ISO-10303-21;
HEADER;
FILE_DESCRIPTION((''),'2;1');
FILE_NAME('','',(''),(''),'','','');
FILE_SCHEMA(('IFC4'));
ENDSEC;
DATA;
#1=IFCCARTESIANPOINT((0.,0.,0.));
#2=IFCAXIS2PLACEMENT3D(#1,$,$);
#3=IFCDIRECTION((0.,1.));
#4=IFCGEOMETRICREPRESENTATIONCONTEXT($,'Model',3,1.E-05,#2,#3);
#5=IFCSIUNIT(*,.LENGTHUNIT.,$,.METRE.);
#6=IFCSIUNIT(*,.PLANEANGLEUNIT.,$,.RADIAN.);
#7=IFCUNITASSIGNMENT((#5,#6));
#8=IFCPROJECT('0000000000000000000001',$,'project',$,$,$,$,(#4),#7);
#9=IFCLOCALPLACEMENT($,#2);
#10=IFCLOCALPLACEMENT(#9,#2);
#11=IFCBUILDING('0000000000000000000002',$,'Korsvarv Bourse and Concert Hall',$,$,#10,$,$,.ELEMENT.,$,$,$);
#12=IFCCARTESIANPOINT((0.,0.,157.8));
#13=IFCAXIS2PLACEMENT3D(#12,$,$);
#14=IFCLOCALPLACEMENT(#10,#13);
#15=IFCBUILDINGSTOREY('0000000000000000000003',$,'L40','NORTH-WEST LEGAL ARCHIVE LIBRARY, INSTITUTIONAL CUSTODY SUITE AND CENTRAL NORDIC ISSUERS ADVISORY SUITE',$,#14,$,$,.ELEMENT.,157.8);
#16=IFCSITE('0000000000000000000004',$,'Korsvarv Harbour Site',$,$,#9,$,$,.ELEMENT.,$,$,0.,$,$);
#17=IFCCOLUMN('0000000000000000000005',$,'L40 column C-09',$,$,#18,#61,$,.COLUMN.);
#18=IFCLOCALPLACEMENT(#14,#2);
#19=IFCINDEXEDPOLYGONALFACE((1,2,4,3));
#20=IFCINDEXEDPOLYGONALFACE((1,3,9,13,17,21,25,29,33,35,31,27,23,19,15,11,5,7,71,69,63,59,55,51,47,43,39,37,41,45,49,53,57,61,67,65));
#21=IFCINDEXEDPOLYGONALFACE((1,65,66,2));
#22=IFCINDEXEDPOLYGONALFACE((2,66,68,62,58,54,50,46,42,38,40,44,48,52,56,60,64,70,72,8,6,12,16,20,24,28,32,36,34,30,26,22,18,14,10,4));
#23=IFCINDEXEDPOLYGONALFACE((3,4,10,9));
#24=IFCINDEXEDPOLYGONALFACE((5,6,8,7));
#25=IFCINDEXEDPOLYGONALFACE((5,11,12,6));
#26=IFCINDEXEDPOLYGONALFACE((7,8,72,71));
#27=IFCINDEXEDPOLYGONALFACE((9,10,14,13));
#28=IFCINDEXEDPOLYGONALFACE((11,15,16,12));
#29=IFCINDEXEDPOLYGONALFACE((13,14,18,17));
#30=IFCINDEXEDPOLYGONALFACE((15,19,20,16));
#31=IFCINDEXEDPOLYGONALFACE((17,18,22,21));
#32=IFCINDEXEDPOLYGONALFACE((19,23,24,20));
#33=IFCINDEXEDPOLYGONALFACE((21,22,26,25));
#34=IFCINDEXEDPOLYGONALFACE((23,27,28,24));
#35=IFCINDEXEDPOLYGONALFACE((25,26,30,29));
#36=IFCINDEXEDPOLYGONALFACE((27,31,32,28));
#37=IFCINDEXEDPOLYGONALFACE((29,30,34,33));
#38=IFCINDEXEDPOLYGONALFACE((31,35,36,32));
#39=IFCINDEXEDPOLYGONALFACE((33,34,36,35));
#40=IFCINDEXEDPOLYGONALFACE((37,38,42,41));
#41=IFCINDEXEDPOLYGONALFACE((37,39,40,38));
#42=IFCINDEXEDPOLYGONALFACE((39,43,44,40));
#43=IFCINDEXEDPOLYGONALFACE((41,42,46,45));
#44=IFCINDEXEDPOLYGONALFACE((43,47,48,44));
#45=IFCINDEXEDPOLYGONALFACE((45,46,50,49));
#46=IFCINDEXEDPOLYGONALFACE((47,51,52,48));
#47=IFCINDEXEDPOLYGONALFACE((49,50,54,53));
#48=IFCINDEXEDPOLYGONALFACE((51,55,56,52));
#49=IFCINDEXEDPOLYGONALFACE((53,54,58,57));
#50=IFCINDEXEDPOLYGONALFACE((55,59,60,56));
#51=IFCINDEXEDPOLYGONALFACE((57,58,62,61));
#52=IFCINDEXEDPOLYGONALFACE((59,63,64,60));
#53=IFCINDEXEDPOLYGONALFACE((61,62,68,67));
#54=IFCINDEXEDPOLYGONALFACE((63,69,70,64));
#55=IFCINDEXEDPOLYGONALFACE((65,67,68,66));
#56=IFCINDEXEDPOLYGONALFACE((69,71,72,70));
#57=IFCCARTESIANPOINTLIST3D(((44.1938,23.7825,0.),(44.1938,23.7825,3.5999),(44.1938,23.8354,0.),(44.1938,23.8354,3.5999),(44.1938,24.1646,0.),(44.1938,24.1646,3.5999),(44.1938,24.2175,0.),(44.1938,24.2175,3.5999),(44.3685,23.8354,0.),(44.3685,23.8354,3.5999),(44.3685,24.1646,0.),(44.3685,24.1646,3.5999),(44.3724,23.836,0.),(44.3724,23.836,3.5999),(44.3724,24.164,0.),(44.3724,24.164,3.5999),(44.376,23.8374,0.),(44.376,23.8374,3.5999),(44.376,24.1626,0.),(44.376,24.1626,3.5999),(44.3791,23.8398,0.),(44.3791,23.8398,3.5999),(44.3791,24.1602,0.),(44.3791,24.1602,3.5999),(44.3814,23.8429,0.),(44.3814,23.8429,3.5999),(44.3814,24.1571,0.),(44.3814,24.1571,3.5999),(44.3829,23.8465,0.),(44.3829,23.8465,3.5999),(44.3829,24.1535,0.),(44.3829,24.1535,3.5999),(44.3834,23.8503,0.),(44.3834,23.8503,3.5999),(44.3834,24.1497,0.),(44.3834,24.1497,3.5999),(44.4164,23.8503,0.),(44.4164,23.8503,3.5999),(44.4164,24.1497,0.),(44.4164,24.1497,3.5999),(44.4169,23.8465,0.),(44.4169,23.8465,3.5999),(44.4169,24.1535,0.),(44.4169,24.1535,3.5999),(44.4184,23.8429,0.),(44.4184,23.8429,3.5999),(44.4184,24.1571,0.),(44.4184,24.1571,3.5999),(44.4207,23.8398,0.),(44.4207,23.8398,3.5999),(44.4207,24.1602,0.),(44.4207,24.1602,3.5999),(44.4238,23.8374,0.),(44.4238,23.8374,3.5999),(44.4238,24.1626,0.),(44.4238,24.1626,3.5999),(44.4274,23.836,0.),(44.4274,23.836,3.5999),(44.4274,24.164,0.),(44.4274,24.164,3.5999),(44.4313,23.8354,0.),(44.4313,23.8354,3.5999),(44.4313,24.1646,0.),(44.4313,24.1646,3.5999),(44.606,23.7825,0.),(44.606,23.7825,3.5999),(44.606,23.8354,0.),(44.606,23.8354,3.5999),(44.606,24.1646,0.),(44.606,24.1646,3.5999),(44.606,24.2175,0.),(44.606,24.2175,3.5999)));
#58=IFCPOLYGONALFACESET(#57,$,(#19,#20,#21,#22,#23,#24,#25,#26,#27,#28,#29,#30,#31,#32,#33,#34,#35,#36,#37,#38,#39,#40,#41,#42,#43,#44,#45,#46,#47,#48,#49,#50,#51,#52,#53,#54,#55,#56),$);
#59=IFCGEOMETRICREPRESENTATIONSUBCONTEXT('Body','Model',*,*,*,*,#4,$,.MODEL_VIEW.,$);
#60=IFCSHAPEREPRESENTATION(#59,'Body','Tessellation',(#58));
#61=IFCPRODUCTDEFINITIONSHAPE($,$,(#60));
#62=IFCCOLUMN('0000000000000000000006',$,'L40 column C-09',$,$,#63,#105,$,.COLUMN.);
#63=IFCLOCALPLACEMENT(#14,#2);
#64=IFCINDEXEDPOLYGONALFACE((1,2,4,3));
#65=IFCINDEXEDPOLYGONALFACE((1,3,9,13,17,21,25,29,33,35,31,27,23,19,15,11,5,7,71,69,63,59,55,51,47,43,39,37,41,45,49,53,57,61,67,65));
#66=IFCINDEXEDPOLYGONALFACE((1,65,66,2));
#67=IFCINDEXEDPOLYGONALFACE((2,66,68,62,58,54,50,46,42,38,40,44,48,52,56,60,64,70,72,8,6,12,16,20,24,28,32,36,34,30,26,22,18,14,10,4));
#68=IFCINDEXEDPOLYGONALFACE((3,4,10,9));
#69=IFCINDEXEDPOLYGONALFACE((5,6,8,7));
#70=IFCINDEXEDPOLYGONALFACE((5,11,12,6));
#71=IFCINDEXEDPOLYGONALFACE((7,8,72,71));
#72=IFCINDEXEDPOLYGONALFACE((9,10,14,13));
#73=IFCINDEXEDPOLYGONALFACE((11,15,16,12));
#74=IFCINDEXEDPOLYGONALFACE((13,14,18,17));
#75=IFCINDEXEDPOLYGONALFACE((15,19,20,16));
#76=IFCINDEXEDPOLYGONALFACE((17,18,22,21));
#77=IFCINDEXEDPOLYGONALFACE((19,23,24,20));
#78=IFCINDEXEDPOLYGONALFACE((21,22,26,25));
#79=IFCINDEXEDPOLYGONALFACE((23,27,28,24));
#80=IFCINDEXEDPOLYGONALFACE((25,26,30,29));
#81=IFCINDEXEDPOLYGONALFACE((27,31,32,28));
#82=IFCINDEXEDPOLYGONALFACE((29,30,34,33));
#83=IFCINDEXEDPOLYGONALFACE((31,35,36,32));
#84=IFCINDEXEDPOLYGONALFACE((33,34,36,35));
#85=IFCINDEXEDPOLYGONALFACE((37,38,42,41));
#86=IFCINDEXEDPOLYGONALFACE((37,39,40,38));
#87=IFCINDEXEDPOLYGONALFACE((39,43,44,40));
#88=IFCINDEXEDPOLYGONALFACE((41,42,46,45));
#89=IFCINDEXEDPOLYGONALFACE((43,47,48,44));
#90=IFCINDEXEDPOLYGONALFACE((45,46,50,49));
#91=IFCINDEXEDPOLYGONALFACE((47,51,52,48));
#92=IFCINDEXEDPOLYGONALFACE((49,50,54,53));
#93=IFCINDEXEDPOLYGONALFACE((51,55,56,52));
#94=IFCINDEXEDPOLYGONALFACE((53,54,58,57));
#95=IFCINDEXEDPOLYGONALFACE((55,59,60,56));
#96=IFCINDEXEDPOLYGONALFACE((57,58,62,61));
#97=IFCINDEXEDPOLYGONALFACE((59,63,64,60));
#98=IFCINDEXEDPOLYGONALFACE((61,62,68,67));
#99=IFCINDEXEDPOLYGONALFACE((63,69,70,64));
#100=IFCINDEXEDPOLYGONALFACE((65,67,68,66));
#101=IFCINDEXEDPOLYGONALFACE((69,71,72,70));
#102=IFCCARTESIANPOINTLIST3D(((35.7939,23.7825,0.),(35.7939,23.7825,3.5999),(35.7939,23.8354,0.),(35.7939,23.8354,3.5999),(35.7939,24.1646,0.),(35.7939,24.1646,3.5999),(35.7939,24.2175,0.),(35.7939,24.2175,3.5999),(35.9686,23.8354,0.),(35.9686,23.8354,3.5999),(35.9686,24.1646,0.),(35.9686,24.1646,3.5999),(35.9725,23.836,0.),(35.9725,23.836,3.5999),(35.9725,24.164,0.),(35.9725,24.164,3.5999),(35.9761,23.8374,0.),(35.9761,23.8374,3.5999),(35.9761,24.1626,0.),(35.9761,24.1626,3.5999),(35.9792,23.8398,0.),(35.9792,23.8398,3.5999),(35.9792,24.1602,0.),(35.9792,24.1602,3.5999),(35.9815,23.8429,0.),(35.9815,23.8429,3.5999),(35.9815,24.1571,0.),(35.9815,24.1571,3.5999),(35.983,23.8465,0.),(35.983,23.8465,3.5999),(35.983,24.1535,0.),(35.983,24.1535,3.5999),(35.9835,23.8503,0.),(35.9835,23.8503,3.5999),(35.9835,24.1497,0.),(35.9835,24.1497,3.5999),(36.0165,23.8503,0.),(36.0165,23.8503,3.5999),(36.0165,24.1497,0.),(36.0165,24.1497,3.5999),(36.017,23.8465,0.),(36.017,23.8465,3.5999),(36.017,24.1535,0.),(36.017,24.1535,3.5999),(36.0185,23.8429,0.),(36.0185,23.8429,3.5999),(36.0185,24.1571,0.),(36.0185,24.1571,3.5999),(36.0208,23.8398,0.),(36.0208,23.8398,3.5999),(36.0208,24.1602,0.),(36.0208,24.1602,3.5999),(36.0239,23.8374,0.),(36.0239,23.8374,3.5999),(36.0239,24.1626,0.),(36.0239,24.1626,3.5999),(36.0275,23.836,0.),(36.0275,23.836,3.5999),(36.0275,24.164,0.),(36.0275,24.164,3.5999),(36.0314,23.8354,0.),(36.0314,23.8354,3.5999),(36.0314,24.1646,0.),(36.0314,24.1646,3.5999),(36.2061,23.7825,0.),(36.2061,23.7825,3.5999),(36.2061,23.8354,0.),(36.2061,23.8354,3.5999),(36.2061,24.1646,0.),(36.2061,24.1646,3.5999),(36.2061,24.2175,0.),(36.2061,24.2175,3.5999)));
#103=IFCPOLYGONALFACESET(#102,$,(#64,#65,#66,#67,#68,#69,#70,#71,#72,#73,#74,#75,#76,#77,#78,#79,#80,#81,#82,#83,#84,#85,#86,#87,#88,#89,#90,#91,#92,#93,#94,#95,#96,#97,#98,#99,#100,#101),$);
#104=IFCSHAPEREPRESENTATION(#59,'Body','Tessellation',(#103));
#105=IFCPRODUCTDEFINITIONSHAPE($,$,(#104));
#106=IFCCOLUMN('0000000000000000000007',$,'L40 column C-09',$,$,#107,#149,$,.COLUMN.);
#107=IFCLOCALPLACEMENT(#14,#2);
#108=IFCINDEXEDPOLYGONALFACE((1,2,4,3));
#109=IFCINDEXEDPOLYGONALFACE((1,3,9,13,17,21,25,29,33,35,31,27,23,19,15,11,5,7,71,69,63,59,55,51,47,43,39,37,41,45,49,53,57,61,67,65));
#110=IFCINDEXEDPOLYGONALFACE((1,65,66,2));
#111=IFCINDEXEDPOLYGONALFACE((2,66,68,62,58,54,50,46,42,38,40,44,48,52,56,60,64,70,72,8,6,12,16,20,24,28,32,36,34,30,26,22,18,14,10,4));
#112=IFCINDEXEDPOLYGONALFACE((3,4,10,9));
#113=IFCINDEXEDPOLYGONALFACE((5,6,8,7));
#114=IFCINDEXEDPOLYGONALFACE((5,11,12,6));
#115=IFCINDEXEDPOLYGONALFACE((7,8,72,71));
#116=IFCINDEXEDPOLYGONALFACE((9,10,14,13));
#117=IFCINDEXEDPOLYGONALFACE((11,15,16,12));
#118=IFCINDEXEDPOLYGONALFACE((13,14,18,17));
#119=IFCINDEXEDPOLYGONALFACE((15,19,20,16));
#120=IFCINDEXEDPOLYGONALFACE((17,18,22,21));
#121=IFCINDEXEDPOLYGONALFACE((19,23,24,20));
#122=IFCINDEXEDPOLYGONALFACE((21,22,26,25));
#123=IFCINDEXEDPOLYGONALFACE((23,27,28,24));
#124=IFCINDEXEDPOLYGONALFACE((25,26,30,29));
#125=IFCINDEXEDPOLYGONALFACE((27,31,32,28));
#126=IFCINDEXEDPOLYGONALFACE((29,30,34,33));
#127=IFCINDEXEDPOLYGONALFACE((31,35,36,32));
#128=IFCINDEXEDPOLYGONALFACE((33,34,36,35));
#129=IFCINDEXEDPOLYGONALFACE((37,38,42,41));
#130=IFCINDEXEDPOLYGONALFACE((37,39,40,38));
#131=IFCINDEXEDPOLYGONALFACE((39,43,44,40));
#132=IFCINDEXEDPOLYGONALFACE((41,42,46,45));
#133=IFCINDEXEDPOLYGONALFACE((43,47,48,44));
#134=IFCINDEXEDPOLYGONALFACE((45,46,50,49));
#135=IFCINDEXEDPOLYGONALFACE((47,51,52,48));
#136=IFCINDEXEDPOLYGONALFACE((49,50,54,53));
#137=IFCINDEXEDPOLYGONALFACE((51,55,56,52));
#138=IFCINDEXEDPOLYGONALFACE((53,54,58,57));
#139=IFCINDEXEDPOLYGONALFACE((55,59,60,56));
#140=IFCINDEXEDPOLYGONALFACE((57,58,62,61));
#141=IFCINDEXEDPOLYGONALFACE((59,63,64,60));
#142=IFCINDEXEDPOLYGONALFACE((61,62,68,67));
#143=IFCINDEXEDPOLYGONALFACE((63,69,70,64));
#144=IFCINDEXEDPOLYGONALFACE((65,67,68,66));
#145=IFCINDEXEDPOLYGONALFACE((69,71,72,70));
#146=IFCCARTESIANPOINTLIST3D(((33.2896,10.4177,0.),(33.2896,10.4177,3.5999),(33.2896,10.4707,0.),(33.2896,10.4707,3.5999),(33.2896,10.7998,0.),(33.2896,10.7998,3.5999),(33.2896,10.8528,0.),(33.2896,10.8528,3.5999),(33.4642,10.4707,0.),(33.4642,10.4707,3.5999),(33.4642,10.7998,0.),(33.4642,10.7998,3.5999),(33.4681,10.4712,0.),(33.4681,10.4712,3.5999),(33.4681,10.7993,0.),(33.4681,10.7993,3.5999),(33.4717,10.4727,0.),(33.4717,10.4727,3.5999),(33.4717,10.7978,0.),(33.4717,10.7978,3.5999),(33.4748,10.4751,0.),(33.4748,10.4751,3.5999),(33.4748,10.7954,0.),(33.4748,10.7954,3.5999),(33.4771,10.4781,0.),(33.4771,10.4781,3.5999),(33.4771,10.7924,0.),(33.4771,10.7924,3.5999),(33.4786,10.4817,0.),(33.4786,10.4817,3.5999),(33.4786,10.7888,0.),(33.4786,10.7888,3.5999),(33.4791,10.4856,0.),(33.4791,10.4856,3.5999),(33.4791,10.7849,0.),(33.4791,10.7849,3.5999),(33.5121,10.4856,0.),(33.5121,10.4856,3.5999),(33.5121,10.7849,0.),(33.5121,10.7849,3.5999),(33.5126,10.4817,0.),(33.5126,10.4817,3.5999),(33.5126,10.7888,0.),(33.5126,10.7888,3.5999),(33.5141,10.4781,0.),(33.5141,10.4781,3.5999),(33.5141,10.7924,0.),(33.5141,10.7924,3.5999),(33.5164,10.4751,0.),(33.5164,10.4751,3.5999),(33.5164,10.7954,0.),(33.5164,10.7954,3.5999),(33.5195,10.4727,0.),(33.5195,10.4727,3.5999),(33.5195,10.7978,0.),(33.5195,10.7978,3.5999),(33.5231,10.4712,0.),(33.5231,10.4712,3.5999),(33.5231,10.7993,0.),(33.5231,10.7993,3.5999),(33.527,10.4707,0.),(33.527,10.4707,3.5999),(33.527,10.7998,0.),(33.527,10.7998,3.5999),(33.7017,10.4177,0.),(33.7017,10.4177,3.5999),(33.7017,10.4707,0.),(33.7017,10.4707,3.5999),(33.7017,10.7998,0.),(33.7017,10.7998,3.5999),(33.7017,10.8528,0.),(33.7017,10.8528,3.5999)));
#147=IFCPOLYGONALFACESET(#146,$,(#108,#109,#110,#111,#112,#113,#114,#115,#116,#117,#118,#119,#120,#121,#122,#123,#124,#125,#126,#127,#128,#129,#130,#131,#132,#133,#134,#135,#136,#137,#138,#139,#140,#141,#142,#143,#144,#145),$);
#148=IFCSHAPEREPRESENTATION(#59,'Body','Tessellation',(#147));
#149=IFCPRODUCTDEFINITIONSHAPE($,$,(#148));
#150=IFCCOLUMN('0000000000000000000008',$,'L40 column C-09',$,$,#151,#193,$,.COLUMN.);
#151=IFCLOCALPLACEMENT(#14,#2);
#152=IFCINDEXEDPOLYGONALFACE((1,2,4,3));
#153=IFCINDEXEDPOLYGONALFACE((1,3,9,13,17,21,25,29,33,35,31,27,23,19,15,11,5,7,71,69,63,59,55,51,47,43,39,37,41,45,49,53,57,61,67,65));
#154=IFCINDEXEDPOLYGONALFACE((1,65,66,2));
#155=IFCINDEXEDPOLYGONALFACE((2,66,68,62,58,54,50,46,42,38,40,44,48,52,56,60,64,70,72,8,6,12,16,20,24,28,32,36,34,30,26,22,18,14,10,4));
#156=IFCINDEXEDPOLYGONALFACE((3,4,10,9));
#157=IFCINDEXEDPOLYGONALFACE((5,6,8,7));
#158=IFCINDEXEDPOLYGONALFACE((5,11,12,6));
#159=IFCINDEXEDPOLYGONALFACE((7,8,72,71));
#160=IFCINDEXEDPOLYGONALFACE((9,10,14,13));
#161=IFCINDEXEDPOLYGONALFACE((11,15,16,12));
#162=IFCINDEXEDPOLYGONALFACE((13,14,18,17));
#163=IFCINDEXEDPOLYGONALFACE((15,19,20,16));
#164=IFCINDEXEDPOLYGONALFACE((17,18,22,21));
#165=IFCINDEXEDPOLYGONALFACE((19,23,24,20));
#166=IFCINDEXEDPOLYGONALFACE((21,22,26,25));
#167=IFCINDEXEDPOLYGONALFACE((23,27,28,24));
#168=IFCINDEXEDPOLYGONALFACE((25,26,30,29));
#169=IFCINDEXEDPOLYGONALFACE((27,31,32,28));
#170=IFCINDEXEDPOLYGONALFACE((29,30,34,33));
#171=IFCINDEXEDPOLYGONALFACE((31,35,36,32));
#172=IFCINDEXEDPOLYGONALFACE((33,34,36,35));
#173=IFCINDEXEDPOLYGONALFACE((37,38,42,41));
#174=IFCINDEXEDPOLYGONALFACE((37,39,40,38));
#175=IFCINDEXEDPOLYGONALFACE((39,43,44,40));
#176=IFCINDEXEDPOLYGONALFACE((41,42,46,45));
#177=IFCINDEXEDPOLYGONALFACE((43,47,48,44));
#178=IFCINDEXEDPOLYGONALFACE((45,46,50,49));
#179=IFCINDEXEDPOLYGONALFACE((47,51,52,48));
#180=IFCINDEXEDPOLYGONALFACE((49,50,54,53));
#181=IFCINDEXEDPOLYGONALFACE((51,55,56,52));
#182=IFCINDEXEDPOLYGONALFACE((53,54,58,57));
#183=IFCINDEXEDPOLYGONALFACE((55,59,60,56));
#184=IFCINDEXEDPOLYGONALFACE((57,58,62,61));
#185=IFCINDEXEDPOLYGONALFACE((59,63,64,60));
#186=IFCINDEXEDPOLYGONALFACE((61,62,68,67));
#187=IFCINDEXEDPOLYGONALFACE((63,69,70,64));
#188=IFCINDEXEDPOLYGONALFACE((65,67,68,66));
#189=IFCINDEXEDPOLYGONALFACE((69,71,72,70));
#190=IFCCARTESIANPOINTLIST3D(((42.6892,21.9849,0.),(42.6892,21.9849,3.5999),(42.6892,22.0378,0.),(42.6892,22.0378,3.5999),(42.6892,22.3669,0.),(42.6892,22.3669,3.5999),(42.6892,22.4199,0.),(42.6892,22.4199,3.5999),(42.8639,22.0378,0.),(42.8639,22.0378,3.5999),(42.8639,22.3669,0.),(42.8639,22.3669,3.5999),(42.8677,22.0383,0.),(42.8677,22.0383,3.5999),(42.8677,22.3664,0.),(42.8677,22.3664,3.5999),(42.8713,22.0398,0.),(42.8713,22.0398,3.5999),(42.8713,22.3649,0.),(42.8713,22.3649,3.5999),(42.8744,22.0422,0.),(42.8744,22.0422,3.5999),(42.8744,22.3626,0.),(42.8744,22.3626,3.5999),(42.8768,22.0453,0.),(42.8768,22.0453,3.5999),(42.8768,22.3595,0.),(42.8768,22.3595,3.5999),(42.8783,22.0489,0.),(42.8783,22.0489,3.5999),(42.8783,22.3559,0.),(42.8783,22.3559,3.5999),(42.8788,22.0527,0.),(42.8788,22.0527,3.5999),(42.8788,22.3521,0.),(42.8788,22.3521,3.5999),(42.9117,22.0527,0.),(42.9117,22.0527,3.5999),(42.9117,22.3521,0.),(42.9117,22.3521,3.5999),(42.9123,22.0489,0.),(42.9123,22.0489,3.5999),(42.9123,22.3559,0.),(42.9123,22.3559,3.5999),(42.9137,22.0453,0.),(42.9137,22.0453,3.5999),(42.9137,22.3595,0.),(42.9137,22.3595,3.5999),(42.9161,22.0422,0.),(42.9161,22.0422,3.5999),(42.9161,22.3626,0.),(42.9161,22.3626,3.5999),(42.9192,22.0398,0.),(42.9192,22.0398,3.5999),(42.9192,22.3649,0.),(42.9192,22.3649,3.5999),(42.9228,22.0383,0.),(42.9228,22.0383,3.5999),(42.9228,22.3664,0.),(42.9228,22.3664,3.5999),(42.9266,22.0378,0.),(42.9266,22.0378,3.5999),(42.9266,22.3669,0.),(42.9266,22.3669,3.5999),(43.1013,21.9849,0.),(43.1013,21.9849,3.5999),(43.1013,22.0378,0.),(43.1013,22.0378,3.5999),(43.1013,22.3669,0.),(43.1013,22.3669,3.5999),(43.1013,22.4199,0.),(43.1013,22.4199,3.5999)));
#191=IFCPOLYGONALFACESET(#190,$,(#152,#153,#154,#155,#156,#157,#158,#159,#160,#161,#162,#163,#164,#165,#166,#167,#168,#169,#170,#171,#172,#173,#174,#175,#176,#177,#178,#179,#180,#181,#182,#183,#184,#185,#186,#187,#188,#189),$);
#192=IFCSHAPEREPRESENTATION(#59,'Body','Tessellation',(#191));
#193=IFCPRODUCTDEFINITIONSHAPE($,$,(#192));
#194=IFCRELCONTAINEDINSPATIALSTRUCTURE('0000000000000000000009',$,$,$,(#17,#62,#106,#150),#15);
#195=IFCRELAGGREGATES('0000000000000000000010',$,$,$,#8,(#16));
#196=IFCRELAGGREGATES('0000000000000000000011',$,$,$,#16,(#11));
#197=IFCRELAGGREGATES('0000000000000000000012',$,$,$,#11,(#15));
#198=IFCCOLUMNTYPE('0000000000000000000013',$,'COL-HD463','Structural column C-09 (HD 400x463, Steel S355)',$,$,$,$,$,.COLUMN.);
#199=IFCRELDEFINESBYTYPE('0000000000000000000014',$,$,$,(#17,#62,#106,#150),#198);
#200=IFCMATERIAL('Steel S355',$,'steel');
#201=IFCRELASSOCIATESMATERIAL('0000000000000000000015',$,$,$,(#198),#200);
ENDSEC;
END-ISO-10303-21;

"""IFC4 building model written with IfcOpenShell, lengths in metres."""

from ifc_helpers import new_model, si_unit, direction, frame, origin, origin_2d, place, context, subcontext, project, spatial, i_section, extrude, source, transform, mapped, material, material_profile, profile_set, type_object, element, save


model = new_model("IFC4")

# Units and contexts
model_context = context("Model", 3, precision=1e-05, world=origin(), true_north=direction((0.0, 1.0)))
body_context = subcontext(model_context, "Body", "Model", "MODEL_VIEW")
ifc_project = project(units=[si_unit("LENGTHUNIT", "METRE"), si_unit("PLANEANGLEUNIT", "RADIAN")], contexts=[model_context])

# Site, building, storey
site_placement = place(None, origin())
site = spatial("IfcSite", under=ifc_project, at=site_placement, Name="Korsvarv Harbour Site", CompositionType="ELEMENT", RefElevation=0.0)
building_placement = place(site_placement, origin())
building = spatial("IfcBuilding", under=site, at=building_placement, Name="Korsvarv Bourse and Concert Hall", CompositionType="ELEMENT")
storey_placement = place(building_placement, frame((0.0, 0.0, 157.8)))
storey = spatial("IfcBuildingStorey", under=building, at=storey_placement, Name="L40", Description="NORTH-WEST LEGAL ARCHIVE LIBRARY, INSTITUTIONAL CUSTODY SUITE AND CENTRAL NORDIC ISSUERS ADVISORY SUITE", CompositionType="ELEMENT", Elevation=157.8)

# Columns
ifc_material_1 = material(Name="Steel S355", Category="steel")
ifc_material_profile_1 = material_profile(ifc_material_1, i_section(OverallWidth=0.4121, OverallDepth=0.4351, WebThickness=0.033, FlangeThickness=0.053, FilletRadius=0.0149, at=origin_2d()), Name="HD 400x463")
ifc_profile_set_1 = profile_set([ifc_material_profile_1], Name="Steel S355")
column_type = type_object("IfcColumnType", Name="COL-HD463", Description="Structural column C-09 (HD 400x463, Steel S355)", PredefinedType="COLUMN", material=ifc_profile_set_1)
shared_shape_1 = source(origin(), body_context, "Body", "SweptSolid", [
    extrude(i_section(OverallWidth=0.4121, OverallDepth=0.4351, WebThickness=0.033, FlangeThickness=0.053, FilletRadius=0.0149, at=origin_2d()), origin(), (0.0, 0.0, 1.0), 3.5999),
])
for number, where, z_axis, x_axis, name in (
    (1, (44.3999, 24.0, 0.0), (0.0, 0.0, 1.0), (1.0, 0.0, 0.0), "L40 column C-09"),
    (2, (36.0, 24.0, 0.0), (0.0, 0.0, 1.0), (1.0, 0.0, 0.0), "L40 column C-09"),
    (3, (33.4956, 10.6353, 0.0), (0.0, 0.0, 1.0), (1.0, 0.0, 0.0), "L40 column C-09"),
    (4, (42.8953, 22.2024, 0.0), (0.0, 0.0, 1.0), (1.0, 0.0, 0.0), "L40 column C-09"),
):
    element("IfcColumn", number, at=place(storey_placement, frame(where, z_axis=z_axis, x_axis=x_axis)), inside=storey, type_object=column_type, Name=name, PredefinedType="COLUMN", context=body_context, shape_type="MappedRepresentation", body=[
        mapped(shared_shape_1, transform((0.0, 0.0, 0.0), scale=1.0)),
    ])

save(model, "model.ifc")
